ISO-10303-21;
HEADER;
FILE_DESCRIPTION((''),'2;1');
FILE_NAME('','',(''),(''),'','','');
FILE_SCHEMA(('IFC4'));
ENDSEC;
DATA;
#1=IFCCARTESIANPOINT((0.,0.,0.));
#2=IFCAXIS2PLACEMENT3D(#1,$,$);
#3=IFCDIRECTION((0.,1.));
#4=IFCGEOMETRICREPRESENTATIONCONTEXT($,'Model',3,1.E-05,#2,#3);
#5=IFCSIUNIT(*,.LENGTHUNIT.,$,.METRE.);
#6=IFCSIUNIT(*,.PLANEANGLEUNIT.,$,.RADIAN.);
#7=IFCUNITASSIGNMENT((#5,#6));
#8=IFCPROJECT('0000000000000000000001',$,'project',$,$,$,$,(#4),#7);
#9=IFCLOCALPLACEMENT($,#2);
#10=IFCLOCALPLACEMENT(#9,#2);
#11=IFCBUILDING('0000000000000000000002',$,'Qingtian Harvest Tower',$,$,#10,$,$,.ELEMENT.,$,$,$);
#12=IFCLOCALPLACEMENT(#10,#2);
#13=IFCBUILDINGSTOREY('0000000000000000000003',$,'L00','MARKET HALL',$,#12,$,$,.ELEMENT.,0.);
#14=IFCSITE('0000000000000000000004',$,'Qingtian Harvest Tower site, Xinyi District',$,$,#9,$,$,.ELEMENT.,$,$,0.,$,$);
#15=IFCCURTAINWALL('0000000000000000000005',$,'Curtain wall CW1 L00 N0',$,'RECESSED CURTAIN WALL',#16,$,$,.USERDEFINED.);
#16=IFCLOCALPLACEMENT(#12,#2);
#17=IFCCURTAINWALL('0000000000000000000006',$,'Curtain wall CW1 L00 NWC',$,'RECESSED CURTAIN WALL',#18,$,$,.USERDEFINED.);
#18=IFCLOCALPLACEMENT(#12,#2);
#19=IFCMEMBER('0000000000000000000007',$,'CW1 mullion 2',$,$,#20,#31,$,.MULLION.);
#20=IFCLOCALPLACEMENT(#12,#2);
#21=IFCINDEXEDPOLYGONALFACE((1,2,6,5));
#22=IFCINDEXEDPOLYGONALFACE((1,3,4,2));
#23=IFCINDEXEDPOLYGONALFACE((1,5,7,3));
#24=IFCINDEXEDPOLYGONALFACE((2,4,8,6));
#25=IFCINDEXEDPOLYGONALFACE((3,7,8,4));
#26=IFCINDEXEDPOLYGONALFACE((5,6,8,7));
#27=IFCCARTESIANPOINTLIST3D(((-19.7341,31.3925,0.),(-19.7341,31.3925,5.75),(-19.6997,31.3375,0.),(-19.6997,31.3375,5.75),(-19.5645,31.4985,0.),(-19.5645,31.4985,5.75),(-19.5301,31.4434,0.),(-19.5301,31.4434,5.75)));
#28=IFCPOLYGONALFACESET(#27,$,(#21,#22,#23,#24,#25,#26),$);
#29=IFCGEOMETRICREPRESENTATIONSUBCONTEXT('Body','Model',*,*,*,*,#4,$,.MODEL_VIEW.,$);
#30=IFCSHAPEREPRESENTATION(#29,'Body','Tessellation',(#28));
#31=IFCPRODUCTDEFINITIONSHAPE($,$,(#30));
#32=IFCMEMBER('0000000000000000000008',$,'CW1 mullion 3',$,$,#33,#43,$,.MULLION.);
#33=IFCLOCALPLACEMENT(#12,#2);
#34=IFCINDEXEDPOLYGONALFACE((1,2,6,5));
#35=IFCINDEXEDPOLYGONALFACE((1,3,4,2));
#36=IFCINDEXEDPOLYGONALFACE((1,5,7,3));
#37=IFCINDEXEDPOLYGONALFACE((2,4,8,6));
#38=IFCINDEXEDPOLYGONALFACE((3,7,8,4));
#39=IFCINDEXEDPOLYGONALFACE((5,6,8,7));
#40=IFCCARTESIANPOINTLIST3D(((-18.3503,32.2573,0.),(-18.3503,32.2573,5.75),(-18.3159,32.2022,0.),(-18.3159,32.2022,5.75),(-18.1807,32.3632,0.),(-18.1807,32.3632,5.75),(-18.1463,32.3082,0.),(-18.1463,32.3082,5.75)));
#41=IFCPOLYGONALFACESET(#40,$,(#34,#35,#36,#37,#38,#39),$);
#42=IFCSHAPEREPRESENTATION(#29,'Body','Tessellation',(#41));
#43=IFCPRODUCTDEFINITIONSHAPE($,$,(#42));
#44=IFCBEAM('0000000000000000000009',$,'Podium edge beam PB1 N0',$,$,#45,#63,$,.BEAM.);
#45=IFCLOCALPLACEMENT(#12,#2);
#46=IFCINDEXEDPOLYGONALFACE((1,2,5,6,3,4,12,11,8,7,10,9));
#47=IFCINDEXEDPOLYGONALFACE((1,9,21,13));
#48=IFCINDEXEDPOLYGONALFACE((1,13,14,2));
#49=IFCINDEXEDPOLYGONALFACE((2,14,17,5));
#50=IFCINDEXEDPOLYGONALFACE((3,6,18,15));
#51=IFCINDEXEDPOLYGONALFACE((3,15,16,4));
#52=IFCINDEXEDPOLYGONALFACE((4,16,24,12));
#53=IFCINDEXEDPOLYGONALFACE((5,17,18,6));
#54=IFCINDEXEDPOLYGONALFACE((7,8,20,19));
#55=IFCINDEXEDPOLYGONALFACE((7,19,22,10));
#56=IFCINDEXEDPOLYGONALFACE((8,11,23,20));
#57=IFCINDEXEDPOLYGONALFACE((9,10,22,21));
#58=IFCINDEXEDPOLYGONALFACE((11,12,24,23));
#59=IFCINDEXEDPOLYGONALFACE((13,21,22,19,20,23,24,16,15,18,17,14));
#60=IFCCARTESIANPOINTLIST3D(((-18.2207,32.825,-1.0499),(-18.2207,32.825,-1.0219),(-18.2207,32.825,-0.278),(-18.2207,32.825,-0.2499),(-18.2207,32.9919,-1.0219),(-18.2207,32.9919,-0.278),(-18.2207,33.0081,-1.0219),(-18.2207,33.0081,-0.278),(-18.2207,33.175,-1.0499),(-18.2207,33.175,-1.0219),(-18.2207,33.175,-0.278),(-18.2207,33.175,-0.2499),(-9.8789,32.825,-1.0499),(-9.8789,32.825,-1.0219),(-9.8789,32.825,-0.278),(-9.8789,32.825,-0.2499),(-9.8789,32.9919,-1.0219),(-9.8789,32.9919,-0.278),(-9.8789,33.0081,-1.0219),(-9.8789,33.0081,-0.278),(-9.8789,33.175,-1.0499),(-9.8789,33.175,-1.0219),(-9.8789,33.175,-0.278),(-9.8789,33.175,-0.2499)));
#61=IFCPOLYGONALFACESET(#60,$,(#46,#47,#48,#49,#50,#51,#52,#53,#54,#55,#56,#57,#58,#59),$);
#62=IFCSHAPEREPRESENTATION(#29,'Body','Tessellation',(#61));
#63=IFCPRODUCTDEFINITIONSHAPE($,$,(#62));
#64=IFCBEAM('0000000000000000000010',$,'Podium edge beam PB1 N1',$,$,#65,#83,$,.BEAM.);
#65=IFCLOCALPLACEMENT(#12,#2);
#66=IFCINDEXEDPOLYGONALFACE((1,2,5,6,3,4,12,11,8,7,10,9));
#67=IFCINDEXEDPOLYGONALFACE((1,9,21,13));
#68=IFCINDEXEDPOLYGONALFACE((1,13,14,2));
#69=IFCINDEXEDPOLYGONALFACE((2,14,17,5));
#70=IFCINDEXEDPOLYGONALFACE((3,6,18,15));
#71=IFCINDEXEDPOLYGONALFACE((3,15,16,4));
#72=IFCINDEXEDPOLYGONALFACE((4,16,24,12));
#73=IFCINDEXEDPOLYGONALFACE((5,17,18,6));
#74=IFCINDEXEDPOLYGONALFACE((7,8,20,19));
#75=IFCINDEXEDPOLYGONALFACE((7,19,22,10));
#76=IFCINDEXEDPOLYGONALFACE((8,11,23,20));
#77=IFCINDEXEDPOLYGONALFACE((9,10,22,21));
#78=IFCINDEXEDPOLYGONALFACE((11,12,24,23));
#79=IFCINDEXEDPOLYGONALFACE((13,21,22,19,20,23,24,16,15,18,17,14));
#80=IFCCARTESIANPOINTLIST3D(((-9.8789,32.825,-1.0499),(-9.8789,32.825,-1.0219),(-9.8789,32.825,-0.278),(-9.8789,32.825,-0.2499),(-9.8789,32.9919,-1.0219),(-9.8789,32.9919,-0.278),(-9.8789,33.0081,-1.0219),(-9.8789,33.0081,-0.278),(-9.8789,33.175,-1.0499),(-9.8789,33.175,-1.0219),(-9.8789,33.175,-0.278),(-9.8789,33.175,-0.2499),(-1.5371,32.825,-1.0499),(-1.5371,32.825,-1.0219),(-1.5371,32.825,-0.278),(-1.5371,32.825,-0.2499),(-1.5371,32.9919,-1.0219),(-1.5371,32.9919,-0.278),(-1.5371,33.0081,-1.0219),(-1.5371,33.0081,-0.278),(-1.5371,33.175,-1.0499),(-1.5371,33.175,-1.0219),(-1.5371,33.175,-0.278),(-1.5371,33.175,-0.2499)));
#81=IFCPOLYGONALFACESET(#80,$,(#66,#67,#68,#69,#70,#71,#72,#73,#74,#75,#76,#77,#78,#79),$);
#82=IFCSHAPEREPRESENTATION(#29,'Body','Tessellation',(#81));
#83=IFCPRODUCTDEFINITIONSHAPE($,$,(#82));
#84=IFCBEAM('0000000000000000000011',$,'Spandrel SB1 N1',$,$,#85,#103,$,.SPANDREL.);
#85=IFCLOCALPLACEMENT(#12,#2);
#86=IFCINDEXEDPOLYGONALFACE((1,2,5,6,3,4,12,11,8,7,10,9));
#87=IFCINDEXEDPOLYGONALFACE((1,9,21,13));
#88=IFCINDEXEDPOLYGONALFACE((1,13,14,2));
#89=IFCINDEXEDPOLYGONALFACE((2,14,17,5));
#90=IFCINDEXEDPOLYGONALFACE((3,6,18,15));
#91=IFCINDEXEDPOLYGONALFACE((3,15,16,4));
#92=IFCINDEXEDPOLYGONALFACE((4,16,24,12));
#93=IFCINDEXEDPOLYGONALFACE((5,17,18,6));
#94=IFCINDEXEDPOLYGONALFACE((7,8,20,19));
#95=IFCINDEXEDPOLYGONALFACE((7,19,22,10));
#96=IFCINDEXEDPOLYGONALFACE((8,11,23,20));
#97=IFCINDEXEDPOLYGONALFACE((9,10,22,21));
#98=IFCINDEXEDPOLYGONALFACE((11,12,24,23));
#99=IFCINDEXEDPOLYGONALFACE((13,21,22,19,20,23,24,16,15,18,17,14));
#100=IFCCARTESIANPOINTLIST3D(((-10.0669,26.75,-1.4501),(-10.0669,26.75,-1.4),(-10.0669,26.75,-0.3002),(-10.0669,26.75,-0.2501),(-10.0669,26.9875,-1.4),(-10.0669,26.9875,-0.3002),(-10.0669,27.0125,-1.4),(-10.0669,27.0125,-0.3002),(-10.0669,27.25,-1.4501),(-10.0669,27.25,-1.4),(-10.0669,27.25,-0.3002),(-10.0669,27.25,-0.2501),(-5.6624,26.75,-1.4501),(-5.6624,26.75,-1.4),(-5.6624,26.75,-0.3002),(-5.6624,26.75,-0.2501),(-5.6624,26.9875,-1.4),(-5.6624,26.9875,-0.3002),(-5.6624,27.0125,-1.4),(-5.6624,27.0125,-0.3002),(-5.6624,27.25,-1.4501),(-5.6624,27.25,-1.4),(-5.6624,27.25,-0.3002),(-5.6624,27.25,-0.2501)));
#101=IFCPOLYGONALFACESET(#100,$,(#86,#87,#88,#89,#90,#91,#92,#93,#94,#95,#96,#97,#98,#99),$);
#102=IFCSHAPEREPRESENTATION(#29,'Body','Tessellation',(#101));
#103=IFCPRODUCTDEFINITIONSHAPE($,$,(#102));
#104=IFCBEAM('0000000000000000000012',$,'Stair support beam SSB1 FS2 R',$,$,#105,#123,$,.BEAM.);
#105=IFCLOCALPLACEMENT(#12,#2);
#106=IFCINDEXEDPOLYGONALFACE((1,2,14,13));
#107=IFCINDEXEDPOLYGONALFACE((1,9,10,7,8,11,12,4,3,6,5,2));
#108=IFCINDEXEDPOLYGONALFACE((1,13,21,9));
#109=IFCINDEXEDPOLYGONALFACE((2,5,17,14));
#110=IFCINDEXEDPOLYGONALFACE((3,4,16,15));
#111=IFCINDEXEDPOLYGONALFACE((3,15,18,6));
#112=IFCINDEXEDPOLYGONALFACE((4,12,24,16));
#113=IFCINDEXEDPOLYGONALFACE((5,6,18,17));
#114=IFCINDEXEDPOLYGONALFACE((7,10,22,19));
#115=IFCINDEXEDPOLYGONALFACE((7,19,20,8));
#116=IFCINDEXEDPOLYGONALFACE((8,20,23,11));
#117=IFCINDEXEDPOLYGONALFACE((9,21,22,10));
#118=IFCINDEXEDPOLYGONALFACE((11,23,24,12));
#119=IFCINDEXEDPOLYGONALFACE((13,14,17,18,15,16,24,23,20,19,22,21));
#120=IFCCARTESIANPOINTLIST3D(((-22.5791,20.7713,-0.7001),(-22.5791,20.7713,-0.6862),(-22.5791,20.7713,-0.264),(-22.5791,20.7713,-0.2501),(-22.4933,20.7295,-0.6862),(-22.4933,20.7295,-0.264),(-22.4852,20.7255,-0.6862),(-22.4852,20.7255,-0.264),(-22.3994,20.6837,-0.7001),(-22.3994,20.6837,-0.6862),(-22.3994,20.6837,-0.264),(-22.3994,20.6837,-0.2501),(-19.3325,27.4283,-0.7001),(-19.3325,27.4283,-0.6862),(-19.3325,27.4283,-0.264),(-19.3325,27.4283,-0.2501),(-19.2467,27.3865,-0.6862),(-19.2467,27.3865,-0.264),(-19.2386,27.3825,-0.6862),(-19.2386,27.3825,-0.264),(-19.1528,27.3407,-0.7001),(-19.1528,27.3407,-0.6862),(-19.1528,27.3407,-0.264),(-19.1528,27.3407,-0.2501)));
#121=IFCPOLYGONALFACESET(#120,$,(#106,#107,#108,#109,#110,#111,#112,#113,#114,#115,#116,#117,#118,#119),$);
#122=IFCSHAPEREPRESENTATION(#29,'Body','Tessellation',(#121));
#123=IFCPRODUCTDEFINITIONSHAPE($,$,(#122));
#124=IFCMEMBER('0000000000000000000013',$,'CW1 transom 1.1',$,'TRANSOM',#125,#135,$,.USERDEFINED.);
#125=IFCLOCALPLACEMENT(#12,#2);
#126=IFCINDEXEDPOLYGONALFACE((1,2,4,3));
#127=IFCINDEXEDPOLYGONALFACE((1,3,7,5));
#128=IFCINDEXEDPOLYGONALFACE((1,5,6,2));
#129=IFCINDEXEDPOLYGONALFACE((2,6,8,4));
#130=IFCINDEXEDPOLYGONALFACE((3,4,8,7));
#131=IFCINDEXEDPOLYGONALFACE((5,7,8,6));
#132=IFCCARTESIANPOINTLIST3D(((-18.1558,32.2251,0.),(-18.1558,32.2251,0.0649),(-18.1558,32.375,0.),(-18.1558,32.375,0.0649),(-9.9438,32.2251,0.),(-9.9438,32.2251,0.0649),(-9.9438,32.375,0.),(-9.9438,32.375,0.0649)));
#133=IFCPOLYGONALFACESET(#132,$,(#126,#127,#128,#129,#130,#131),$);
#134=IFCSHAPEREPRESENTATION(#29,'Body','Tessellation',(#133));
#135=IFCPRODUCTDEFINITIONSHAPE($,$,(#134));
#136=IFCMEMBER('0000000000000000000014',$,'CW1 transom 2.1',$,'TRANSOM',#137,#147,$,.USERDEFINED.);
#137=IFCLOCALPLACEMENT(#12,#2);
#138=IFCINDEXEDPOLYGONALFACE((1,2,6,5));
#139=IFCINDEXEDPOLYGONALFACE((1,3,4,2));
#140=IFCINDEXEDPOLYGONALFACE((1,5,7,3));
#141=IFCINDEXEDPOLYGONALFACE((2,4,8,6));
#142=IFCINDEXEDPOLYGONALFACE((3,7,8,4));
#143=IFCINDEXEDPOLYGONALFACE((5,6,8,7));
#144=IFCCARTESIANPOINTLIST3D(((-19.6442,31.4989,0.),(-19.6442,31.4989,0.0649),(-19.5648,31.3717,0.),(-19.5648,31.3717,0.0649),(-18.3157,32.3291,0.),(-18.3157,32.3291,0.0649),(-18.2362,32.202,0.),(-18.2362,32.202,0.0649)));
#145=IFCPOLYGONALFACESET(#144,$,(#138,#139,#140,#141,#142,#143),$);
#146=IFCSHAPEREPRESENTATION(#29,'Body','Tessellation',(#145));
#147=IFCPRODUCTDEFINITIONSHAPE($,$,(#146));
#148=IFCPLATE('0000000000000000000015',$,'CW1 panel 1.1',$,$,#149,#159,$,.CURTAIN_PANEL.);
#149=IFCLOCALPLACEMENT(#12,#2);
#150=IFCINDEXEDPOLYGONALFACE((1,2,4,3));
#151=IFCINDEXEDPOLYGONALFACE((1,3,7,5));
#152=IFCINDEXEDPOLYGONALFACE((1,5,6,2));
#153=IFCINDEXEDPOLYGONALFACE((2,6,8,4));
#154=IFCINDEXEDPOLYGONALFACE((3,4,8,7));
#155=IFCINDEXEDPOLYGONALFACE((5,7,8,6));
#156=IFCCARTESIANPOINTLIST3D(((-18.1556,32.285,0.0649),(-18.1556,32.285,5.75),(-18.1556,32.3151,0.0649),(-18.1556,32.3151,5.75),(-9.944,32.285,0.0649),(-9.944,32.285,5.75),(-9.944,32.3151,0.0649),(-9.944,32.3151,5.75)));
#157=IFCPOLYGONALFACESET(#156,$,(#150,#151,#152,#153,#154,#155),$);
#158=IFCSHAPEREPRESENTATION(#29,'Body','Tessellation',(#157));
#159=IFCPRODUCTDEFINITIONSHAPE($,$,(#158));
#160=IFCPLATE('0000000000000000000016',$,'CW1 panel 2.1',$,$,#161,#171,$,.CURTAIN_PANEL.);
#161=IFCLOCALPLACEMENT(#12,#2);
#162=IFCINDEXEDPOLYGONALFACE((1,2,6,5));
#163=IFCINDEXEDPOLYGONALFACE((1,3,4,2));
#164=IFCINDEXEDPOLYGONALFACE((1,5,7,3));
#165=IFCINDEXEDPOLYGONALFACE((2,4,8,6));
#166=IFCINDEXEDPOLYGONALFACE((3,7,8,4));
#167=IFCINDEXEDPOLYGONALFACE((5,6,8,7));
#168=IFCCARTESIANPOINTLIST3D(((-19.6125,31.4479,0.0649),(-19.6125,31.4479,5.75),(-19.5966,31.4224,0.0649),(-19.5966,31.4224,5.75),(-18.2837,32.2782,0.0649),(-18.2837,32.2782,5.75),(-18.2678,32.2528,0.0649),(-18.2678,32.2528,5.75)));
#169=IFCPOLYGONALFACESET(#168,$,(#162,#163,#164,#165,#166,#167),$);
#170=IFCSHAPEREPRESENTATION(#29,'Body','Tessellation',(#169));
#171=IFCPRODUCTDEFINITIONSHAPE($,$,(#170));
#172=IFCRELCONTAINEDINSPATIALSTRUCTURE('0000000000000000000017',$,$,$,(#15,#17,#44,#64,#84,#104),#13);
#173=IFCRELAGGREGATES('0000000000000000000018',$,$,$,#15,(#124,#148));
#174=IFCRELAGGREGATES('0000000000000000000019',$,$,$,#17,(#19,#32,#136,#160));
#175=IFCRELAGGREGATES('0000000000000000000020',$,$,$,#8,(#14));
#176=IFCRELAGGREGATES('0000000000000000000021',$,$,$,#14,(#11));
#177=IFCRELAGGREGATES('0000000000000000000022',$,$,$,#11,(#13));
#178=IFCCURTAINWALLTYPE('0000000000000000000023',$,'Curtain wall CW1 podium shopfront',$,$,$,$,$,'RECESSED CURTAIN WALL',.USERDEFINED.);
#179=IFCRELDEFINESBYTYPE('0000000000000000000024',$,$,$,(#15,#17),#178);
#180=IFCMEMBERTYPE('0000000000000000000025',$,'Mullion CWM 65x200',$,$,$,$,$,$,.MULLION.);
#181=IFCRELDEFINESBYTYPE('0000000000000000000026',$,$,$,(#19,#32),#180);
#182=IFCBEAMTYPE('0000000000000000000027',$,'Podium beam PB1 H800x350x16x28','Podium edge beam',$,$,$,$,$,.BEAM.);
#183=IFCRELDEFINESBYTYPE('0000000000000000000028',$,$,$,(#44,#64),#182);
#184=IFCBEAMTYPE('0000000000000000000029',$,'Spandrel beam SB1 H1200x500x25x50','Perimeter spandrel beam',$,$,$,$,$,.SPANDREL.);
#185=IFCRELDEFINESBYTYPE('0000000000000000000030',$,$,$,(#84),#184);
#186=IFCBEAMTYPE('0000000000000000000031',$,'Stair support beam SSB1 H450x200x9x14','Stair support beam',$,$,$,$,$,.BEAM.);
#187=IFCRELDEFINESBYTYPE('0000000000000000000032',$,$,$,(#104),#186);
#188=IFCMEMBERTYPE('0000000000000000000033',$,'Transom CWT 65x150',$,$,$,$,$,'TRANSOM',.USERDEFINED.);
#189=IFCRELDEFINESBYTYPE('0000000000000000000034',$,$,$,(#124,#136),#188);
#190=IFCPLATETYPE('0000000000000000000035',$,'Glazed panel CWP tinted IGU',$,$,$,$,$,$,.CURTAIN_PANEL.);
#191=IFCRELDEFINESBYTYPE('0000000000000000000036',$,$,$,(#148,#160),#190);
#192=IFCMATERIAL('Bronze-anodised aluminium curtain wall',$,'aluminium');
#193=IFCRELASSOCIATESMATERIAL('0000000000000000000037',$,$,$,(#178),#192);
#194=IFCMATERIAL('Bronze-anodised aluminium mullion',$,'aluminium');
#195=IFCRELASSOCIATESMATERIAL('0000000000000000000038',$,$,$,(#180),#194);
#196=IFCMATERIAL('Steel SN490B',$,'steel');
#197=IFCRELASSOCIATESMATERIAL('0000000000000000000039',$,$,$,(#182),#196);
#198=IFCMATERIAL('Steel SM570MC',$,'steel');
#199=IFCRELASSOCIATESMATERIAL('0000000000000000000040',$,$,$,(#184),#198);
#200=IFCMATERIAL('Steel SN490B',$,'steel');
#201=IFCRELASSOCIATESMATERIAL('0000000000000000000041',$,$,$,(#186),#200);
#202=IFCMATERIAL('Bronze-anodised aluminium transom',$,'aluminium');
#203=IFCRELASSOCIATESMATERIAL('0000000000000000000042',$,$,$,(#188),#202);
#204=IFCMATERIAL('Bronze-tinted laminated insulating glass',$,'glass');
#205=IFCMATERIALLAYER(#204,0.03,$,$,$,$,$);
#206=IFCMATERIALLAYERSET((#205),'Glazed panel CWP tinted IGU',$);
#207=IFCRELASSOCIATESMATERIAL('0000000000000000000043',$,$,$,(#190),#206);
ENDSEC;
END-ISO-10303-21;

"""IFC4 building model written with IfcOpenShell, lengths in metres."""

from ifc_helpers import new_model, si_unit, direction, frame, origin, origin_2d, place, context, subcontext, project, spatial, rectangle, i_section, extrude, material, layer, layer_set, material_profile, profile_set, type_object, element, aggregate, save


model = new_model("IFC4")

# Units and contexts
model_context = context("Model", 3, precision=1e-05, world=origin(), true_north=direction((0.0, 1.0)))
body_context = subcontext(model_context, "Body", "Model", "MODEL_VIEW")
ifc_project = project(units=[si_unit("LENGTHUNIT", "METRE"), si_unit("PLANEANGLEUNIT", "RADIAN")], contexts=[model_context])

# Site, building, storey
site_placement = place(None, origin())
site = spatial("IfcSite", under=ifc_project, at=site_placement, Name="Qingtian Harvest Tower site, Xinyi District", CompositionType="ELEMENT", RefElevation=0.0)
building_placement = place(site_placement, origin())
building = spatial("IfcBuilding", under=site, at=building_placement, Name="Qingtian Harvest Tower", CompositionType="ELEMENT")
storey_placement = place(building_placement, origin())
storey = spatial("IfcBuildingStorey", under=building, at=storey_placement, Name="L00", Description="MARKET HALL", CompositionType="ELEMENT", Elevation=0.0)

# Curtain walls, members
ifc_material_1 = material(Name="Bronze-anodised aluminium curtain wall", Category="aluminium")
curtain_wall_type = type_object("IfcCurtainWallType", Name="Curtain wall CW1 podium shopfront", ElementType="RECESSED CURTAIN WALL", PredefinedType="USERDEFINED", material=ifc_material_1)
curtain_wall_1_placement = place(storey_placement, origin())
curtain_wall_1 = element("IfcCurtainWall", 1, at=curtain_wall_1_placement, inside=storey, type_object=curtain_wall_type, Name="Curtain wall CW1 L00 N0", ObjectType="RECESSED CURTAIN WALL", PredefinedType="USERDEFINED")
ifc_material_2 = material(Name="Bronze-anodised aluminium mullion", Category="aluminium")
ifc_material_profile_1 = material_profile(ifc_material_2, rectangle(XDim=0.0649, YDim=0.2, at=origin_2d()), Name="AL 65x200")
ifc_profile_set_1 = profile_set([ifc_material_profile_1], Name="Bronze-anodised aluminium mullion")
member_type_1 = type_object("IfcMemberType", Name="Mullion CWM 65x200", PredefinedType="MULLION", material=ifc_profile_set_1)
curtain_wall_2_placement = place(storey_placement, origin())
curtain_wall_2 = element("IfcCurtainWall", 2, at=curtain_wall_2_placement, inside=storey, type_object=curtain_wall_type, Name="Curtain wall CW1 L00 NWC", ObjectType="RECESSED CURTAIN WALL", PredefinedType="USERDEFINED")
member_1_placement = place(storey_placement, frame((-19.6321, 31.418, 0.0), z_axis=(0.0, 0.0, 1.0), x_axis=(-0.529919, 0.848048, 0.0)))
member_1 = element("IfcMember", 3, at=member_1_placement, type_object=member_type_1, Name="CW1 mullion 2", PredefinedType="MULLION", context=body_context, shape_type="SweptSolid", body=[
    extrude(rectangle(XDim=0.0649, YDim=0.2, at=origin_2d()), origin(), (0.0, 0.0, 1.0), 5.75),
])
member_2_placement = place(storey_placement, frame((-18.2483, 32.2827, 0.0), z_axis=(0.0, 0.0, 1.0), x_axis=(-0.529919, 0.848048, 0.0)))
member_2 = element("IfcMember", 4, at=member_2_placement, type_object=member_type_1, Name="CW1 mullion 3", PredefinedType="MULLION", context=body_context, shape_type="SweptSolid", body=[
    extrude(rectangle(XDim=0.0649, YDim=0.2, at=origin_2d()), origin(), (0.0, 0.0, 1.0), 5.75),
])

# Beams
ifc_material_3 = material(Name="Steel SN490B", Category="steel")
ifc_material_profile_2 = material_profile(ifc_material_3, i_section(OverallWidth=0.3501, OverallDepth=0.8, WebThickness=0.0161, FlangeThickness=0.0281, at=origin_2d()), Name="H800x350x16x28")
ifc_profile_set_2 = profile_set([ifc_material_profile_2], Name="Steel SN490B")
beam_type_1 = type_object("IfcBeamType", Name="Podium beam PB1 H800x350x16x28", Description="Podium edge beam", PredefinedType="BEAM", material=ifc_profile_set_2)
for number, where, z_axis, x_axis, name in (
    (5, (-18.2207, 33.0, -0.6499), (1.0, 0.0, 0.0), (0.0, 1.0, 0.0), "Podium edge beam PB1 N0"),
    (6, (-9.8789, 33.0, -0.6499), (1.0, 0.0, 0.0), (0.0, 1.0, 0.0), "Podium edge beam PB1 N1"),
):
    element("IfcBeam", number, at=place(storey_placement, frame(where, z_axis=z_axis, x_axis=x_axis)), inside=storey, type_object=beam_type_1, Name=name, PredefinedType="BEAM", context=body_context, shape_type="SweptSolid", body=[
        extrude(i_section(OverallWidth=0.3501, OverallDepth=0.8, WebThickness=0.0161, FlangeThickness=0.0281, at=origin_2d()), origin(), (0.0, 0.0, 1.0), 8.3418),
    ])
ifc_material_4 = material(Name="Steel SM570MC", Category="steel")
ifc_material_profile_3 = material_profile(ifc_material_4, i_section(OverallWidth=0.5, OverallDepth=1.2, WebThickness=0.0249, FlangeThickness=0.05, at=origin_2d()), Name="H1200x500x25x50")
ifc_profile_set_3 = profile_set([ifc_material_profile_3], Name="Steel SM570MC")
beam_type_2 = type_object("IfcBeamType", Name="Spandrel beam SB1 H1200x500x25x50", Description="Perimeter spandrel beam", PredefinedType="SPANDREL", material=ifc_profile_set_3)
beam_1_placement = place(storey_placement, frame((-10.0669, 27.0, -0.8501), z_axis=(1.0, 0.0, 0.0), x_axis=(0.0, 1.0, 0.0)))
element("IfcBeam", 7, at=beam_1_placement, inside=storey, type_object=beam_type_2, Name="Spandrel SB1 N1", PredefinedType="SPANDREL", context=body_context, shape_type="SweptSolid", body=[
    extrude(i_section(OverallWidth=0.5, OverallDepth=1.2, WebThickness=0.0249, FlangeThickness=0.05, at=origin_2d()), origin(), (0.0, 0.0, 1.0), 4.4045),
])
ifc_material_5 = material(Name="Steel SN490B", Category="steel")
ifc_material_profile_4 = material_profile(ifc_material_5, i_section(OverallWidth=0.2, OverallDepth=0.45, WebThickness=0.009, FlangeThickness=0.0139, at=origin_2d()), Name="H450x200x9x14")
ifc_profile_set_4 = profile_set([ifc_material_profile_4], Name="Steel SN490B")
beam_type_3 = type_object("IfcBeamType", Name="Stair support beam SSB1 H450x200x9x14", Description="Stair support beam", PredefinedType="BEAM", material=ifc_profile_set_4)
beam_2_placement = place(storey_placement, frame((-19.2427, 27.3845, -0.4751), z_axis=(-0.438344, -0.898807, 0.0), x_axis=(0.898807, -0.438344, 0.0)))
element("IfcBeam", 8, at=beam_2_placement, inside=storey, type_object=beam_type_3, Name="Stair support beam SSB1 FS2 R", PredefinedType="BEAM", context=body_context, shape_type="SweptSolid", body=[
    extrude(i_section(OverallWidth=0.2, OverallDepth=0.45, WebThickness=0.009, FlangeThickness=0.0139, at=origin_2d()), origin(), (0.0, 0.0, 1.0), 7.4065),
])

# Members
ifc_material_6 = material(Name="Bronze-anodised aluminium transom", Category="aluminium")
ifc_material_profile_5 = material_profile(ifc_material_6, rectangle(XDim=0.1499, YDim=0.0649, at=origin_2d()), Name="AL 65x150")
ifc_profile_set_5 = profile_set([ifc_material_profile_5], Name="Bronze-anodised aluminium transom")
member_type_2 = type_object("IfcMemberType", Name="Transom CWT 65x150", ElementType="TRANSOM", PredefinedType="USERDEFINED", material=ifc_profile_set_5)
member_3_placement = place(storey_placement, frame((-18.1558, 32.3, 0.0325), z_axis=(1.0, 0.0, 0.0), x_axis=(0.0, 1.0, 0.0)))
member_3 = element("IfcMember", 9, at=member_3_placement, type_object=member_type_2, Name="CW1 transom 1.1", ObjectType="TRANSOM", PredefinedType="USERDEFINED", context=body_context, shape_type="SweptSolid", body=[
    extrude(rectangle(XDim=0.1499, YDim=0.0649, at=origin_2d()), origin(), (0.0, 0.0, 1.0), 8.2119),
])
member_4_placement = place(storey_placement, frame((-19.6045, 31.4353, 0.0325), z_axis=(0.848016, 0.529971, 0.0), x_axis=(-0.529971, 0.848016, 0.0)))
member_4 = element("IfcMember", 10, at=member_4_placement, type_object=member_type_2, Name="CW1 transom 2.1", ObjectType="TRANSOM", PredefinedType="USERDEFINED", context=body_context, shape_type="SweptSolid", body=[
    extrude(rectangle(XDim=0.1499, YDim=0.0649, at=origin_2d()), origin(), (0.0, 0.0, 1.0), 1.5667),
])

# Plates
ifc_material_7 = material(Name="Bronze-tinted laminated insulating glass", Category="glass")
ifc_layer_1 = layer(ifc_material_7, 0.03)
ifc_layer_set_1 = layer_set([ifc_layer_1], Name="Glazed panel CWP tinted IGU")
plate_type = type_object("IfcPlateType", Name="Glazed panel CWP tinted IGU", PredefinedType="CURTAIN_PANEL", material=ifc_layer_set_1)
plate_1_placement = place(storey_placement, frame((-14.0498, 32.3, 0.0649), z_axis=(0.0, 0.0, 1.0), x_axis=(1.0, 0.0, 0.0)))
plate_1 = element("IfcPlate", 11, at=plate_1_placement, type_object=plate_type, Name="CW1 panel 1.1", PredefinedType="CURTAIN_PANEL", context=body_context, shape_type="SweptSolid", body=[
    extrude(rectangle(XDim=8.2117, YDim=0.03, at=origin_2d()), origin(), (0.0, 0.0, 1.0), 5.6851),
])
aggregate(curtain_wall_1, [member_3, plate_1])
plate_2_placement = place(storey_placement, frame((-18.9402, 31.8503, 0.0649), z_axis=(0.0, 0.0, 1.0), x_axis=(0.848048, 0.529919, 0.0)))
plate_2 = element("IfcPlate", 12, at=plate_2_placement, type_object=plate_type, Name="CW1 panel 2.1", PredefinedType="CURTAIN_PANEL", context=body_context, shape_type="SweptSolid", body=[
    extrude(rectangle(XDim=1.5669, YDim=0.03, at=origin_2d()), origin(), (0.0, 0.0, 1.0), 5.6851),
])
aggregate(curtain_wall_2, [member_1, member_2, member_4, plate_2])

save(model, "model.ifc")
